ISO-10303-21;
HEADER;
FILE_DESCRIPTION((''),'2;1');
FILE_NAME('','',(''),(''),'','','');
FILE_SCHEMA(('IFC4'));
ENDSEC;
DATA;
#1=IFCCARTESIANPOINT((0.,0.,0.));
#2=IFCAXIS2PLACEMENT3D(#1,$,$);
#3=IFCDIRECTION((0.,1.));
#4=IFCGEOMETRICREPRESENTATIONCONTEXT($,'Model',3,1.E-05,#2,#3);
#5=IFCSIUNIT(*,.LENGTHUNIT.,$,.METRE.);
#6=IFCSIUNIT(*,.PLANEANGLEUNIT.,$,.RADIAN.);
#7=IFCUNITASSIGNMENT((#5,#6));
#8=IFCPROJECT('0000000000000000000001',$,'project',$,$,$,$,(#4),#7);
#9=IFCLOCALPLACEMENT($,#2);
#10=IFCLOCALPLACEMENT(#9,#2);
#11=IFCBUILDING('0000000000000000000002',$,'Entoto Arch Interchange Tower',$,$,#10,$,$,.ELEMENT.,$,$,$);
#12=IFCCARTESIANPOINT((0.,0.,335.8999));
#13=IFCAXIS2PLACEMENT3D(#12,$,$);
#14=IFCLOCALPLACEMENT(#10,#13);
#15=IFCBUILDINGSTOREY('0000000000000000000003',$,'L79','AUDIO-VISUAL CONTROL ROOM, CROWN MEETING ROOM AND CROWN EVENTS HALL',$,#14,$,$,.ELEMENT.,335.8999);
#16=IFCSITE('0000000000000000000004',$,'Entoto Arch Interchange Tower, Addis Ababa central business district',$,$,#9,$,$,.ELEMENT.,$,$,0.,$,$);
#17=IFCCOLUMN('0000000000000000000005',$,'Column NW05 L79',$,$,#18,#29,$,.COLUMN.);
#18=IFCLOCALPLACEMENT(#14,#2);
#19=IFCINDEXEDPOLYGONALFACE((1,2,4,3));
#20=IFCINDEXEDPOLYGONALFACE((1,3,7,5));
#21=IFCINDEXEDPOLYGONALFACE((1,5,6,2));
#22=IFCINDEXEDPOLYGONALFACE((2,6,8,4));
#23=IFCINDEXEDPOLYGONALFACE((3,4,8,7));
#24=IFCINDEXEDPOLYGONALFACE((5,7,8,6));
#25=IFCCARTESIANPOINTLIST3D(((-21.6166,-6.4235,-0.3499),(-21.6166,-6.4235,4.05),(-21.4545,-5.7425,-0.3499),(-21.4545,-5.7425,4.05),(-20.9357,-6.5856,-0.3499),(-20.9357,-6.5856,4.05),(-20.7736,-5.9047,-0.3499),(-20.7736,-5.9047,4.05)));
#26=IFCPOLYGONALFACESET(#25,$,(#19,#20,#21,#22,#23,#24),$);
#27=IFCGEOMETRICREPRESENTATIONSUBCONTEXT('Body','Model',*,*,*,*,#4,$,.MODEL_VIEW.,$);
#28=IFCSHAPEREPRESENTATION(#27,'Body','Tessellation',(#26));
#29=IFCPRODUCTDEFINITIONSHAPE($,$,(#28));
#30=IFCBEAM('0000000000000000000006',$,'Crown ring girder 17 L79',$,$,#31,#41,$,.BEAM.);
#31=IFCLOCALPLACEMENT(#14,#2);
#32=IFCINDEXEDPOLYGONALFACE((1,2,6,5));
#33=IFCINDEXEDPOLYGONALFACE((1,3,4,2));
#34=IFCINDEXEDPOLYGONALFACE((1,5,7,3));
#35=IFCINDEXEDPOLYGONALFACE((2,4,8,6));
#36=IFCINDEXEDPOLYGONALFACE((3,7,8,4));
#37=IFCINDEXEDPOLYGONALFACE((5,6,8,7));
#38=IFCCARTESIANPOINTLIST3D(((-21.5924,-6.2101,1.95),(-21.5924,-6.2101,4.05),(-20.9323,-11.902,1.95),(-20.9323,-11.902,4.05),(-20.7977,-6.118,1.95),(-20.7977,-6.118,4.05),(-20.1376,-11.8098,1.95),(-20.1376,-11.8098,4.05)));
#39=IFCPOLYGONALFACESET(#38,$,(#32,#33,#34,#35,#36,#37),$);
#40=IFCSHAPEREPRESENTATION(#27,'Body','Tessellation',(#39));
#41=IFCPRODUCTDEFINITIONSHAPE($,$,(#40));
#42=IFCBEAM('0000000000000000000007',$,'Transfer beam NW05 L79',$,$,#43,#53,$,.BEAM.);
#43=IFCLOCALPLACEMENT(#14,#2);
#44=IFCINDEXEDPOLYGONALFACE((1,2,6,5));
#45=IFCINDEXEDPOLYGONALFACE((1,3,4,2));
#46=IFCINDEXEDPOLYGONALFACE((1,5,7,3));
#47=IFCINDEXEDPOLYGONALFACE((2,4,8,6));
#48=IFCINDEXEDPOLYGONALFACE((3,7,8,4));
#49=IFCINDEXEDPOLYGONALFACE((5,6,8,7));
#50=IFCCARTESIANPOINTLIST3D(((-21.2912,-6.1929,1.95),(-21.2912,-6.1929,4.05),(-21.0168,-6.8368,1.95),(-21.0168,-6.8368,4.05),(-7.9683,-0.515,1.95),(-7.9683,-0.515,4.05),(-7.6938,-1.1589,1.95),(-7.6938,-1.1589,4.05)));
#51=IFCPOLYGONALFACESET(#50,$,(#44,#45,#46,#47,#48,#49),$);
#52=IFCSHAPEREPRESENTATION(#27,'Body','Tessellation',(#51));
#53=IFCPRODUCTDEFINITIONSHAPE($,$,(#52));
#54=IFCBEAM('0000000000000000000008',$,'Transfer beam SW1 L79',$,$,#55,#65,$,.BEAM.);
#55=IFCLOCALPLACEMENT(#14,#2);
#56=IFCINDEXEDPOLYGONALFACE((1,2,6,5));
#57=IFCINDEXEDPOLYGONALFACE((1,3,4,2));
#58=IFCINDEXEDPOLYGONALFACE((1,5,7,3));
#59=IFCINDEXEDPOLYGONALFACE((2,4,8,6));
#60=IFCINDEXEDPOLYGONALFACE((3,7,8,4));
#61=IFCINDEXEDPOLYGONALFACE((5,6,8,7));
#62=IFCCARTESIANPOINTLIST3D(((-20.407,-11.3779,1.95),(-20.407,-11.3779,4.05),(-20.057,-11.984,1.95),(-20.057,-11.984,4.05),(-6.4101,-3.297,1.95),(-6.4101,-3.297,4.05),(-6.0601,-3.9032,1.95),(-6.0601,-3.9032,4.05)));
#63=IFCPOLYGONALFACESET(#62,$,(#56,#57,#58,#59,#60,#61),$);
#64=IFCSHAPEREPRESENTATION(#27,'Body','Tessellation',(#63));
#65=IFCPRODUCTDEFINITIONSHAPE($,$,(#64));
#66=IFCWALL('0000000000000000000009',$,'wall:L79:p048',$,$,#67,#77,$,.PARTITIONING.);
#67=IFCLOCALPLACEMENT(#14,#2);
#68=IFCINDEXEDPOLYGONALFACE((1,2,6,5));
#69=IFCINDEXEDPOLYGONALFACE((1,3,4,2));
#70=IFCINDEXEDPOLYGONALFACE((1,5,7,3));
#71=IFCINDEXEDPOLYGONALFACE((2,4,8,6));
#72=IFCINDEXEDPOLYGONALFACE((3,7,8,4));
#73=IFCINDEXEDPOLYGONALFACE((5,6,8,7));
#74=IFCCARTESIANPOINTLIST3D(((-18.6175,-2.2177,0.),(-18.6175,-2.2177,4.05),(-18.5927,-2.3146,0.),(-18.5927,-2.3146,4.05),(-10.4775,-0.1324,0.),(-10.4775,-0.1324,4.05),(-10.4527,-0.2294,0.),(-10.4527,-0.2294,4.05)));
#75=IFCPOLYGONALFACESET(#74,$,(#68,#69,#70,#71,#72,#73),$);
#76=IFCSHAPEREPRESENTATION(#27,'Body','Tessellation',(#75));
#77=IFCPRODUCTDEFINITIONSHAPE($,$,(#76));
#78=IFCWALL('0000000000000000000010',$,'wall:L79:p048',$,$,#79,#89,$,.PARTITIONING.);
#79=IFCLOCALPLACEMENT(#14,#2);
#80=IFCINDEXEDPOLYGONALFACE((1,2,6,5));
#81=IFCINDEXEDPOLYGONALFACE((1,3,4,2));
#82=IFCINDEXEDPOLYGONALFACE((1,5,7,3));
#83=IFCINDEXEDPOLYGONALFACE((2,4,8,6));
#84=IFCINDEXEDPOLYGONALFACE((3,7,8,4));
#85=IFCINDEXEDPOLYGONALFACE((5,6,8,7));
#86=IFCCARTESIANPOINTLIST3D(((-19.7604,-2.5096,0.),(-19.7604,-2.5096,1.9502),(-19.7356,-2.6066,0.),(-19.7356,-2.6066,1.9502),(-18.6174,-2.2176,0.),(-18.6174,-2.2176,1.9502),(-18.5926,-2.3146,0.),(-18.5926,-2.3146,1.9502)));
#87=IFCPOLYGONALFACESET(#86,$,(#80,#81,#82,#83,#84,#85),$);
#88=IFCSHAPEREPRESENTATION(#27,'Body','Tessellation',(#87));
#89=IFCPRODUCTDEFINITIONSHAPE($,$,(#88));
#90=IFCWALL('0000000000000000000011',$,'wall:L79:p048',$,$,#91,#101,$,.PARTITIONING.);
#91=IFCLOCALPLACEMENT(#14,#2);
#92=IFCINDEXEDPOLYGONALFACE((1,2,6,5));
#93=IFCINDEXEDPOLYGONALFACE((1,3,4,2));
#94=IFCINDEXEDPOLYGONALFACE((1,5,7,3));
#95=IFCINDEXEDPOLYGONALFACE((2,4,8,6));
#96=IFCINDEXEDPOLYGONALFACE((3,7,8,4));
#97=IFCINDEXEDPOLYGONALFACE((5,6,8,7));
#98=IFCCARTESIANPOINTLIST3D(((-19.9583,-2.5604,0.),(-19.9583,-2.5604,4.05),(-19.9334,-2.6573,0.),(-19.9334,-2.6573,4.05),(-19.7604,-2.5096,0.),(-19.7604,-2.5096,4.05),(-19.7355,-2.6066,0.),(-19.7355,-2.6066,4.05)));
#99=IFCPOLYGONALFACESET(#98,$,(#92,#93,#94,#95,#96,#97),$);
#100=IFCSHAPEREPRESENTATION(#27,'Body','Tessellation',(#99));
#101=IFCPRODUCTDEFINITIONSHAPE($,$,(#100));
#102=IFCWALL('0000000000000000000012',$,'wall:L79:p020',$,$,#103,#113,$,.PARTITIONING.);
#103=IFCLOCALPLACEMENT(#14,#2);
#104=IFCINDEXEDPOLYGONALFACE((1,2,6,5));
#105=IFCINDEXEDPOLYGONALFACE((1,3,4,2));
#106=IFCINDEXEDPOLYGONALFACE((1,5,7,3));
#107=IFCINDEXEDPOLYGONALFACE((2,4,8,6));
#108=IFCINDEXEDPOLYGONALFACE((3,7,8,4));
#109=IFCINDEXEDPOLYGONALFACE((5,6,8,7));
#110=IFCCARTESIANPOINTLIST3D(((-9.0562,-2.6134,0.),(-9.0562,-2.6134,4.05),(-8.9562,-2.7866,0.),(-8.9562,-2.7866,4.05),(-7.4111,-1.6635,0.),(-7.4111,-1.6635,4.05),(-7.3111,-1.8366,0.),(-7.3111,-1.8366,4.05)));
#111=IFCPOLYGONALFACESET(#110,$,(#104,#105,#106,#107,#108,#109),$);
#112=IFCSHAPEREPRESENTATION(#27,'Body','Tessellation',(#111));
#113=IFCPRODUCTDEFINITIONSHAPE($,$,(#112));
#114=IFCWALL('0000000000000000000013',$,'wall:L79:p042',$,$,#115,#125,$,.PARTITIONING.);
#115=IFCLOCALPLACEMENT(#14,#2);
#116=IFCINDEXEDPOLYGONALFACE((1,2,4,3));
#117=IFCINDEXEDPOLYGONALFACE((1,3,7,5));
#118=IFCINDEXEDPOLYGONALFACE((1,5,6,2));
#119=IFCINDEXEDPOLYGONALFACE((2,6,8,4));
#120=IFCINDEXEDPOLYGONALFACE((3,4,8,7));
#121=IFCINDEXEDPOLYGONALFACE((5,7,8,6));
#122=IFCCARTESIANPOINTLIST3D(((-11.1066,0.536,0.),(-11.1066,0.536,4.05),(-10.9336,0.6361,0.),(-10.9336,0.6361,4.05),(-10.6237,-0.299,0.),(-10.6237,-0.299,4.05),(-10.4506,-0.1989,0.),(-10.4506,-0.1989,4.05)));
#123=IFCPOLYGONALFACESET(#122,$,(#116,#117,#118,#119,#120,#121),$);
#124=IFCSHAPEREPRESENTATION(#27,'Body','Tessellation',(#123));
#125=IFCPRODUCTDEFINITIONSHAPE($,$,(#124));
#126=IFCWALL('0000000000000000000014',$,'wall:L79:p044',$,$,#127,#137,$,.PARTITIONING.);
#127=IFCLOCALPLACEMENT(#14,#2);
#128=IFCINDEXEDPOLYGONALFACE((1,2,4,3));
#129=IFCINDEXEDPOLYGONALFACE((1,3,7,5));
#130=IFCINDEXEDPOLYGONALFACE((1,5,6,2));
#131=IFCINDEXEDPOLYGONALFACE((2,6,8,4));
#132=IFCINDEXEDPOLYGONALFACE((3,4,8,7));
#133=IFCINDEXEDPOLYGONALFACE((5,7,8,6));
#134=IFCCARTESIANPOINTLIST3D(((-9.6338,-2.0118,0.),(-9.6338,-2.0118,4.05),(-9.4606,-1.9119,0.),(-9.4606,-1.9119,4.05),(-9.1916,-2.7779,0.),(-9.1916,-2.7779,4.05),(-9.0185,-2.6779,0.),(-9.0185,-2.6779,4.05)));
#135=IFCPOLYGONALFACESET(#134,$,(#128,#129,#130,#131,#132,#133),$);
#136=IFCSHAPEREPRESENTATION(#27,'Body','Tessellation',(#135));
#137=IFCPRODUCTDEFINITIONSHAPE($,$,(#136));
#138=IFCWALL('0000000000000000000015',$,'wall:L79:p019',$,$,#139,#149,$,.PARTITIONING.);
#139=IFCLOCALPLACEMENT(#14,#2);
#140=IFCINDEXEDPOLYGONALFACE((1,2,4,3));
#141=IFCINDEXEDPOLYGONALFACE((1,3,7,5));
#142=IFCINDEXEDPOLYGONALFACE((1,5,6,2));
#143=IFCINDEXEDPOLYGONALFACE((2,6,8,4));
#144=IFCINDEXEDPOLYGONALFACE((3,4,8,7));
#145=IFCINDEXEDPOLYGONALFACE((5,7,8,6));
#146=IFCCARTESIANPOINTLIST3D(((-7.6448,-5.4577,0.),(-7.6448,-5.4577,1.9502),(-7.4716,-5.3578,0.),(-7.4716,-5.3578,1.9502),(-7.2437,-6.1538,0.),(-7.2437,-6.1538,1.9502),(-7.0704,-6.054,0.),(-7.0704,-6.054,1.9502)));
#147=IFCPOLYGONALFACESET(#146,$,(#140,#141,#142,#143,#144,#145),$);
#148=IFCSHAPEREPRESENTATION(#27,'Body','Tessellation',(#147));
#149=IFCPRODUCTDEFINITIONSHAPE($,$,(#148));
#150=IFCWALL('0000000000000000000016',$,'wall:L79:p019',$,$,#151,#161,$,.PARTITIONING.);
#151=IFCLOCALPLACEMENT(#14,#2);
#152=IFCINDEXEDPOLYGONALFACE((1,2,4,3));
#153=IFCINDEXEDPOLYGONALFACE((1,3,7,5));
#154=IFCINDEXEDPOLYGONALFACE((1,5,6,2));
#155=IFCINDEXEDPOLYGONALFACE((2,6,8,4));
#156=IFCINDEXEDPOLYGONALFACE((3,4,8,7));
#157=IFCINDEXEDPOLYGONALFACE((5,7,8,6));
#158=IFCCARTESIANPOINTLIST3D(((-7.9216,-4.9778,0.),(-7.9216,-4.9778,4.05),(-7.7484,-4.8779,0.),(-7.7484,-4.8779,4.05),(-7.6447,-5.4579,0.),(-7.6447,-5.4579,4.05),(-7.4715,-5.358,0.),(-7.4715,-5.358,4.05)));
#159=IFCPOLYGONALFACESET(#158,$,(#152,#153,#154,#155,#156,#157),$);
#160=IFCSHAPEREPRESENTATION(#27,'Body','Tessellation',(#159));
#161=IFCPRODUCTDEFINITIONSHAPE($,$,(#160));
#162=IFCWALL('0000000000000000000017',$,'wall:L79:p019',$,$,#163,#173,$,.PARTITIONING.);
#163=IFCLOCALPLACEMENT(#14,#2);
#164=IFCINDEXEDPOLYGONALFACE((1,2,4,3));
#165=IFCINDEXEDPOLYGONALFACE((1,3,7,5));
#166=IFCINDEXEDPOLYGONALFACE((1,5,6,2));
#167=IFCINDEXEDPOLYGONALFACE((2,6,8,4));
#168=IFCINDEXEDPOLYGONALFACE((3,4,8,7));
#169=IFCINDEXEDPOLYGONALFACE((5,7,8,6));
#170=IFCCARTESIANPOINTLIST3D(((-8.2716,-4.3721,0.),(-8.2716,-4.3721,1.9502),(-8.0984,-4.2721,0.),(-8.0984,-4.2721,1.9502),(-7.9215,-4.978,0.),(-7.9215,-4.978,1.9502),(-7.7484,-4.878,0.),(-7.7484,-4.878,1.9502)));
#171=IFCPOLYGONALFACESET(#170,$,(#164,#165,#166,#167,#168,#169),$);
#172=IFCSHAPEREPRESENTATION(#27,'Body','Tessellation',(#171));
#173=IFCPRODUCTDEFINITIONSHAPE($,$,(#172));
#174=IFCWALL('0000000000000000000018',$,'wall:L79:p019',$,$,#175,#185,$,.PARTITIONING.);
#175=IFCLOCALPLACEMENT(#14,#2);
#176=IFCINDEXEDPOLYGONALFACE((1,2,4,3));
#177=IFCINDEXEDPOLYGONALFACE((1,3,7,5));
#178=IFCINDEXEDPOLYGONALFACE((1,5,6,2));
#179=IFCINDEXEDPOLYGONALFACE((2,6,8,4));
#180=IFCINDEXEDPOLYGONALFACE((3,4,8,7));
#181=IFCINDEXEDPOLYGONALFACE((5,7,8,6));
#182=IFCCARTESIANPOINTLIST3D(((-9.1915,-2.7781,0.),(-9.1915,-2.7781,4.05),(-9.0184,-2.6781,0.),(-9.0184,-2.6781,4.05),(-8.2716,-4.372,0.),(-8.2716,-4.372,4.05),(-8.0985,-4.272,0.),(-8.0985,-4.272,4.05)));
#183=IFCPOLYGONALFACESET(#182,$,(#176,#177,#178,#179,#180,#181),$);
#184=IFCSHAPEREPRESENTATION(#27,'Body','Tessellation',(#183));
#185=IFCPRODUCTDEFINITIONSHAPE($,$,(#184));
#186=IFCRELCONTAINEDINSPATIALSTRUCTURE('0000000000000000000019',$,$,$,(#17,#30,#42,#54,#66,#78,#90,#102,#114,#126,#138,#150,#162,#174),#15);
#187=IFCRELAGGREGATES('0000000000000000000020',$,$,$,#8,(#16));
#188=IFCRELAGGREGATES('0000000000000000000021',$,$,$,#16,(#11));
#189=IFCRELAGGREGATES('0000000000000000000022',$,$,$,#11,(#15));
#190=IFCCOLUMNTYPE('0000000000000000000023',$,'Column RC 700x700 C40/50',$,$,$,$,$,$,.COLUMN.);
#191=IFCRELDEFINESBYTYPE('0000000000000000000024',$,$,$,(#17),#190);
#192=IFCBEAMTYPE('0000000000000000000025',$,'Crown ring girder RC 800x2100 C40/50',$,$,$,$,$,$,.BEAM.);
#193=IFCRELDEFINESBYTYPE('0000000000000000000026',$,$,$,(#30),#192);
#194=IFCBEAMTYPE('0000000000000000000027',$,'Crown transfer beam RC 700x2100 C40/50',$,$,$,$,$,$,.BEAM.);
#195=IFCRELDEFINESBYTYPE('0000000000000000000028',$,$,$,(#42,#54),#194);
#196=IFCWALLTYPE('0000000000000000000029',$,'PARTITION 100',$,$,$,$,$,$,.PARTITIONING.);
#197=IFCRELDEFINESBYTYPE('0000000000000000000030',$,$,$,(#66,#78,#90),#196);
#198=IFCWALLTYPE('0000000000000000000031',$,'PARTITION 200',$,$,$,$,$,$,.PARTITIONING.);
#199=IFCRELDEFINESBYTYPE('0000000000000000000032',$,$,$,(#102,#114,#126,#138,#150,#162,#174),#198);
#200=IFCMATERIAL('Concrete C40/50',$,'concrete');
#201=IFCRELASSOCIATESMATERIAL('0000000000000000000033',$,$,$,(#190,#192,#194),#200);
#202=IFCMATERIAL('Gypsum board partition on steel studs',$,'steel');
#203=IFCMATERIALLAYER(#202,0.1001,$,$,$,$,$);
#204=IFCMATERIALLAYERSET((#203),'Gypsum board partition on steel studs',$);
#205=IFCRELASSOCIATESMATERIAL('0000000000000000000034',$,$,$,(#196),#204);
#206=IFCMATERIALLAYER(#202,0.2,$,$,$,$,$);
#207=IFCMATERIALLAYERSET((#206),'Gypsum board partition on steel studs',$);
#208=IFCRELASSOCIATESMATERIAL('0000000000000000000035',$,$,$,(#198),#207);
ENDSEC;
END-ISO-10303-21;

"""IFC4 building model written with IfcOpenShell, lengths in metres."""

from ifc_helpers import new_model, si_unit, direction, frame, frame_2d, origin, origin_2d, place, context, subcontext, project, spatial, rectangle, extrude, material, layer, layer_set, material_profile, profile_set, type_object, element, save


model = new_model("IFC4")

# Units and contexts
model_context = context("Model", 3, precision=1e-05, world=origin(), true_north=direction((0.0, 1.0)))
body_context = subcontext(model_context, "Body", "Model", "MODEL_VIEW")
ifc_project = project(units=[si_unit("LENGTHUNIT", "METRE"), si_unit("PLANEANGLEUNIT", "RADIAN")], contexts=[model_context])

# Site, building, storey
site_placement = place(None, origin())
site = spatial("IfcSite", under=ifc_project, at=site_placement, Name="Entoto Arch Interchange Tower, Addis Ababa central business district", CompositionType="ELEMENT", RefElevation=0.0)
building_placement = place(site_placement, origin())
building = spatial("IfcBuilding", under=site, at=building_placement, Name="Entoto Arch Interchange Tower", CompositionType="ELEMENT")
storey_placement = place(building_placement, frame((0.0, 0.0, 335.8999)))
storey = spatial("IfcBuildingStorey", under=building, at=storey_placement, Name="L79", Description="AUDIO-VISUAL CONTROL ROOM, CROWN MEETING ROOM AND CROWN EVENTS HALL", CompositionType="ELEMENT", Elevation=335.8999)

# Column
ifc_material_1 = material(Name="Concrete C40/50", Category="concrete")
ifc_material_profile_1 = material_profile(ifc_material_1, rectangle(XDim=0.7, YDim=0.7, at=origin_2d()))
ifc_profile_set_1 = profile_set([ifc_material_profile_1], Name="Concrete C40/50")
column_type = type_object("IfcColumnType", Name="Column RC 700x700 C40/50", PredefinedType="COLUMN", material=ifc_profile_set_1)
column_placement = place(storey_placement, frame((-21.1951, -6.1641, -0.3499), z_axis=(0.0, 0.0, 1.0), x_axis=(0.231612, 0.972808, 0.0)))
element("IfcColumn", 1, at=column_placement, inside=storey, type_object=column_type, Name="Column NW05 L79", PredefinedType="COLUMN", context=body_context, shape_type="SweptSolid", body=[
    extrude(rectangle(XDim=0.7, YDim=0.7, at=origin_2d()), origin(), (0.0, 0.0, 1.0), 4.3999),
])

# Beams
ifc_material_profile_2 = material_profile(ifc_material_1, rectangle(XDim=0.8, YDim=2.1001, at=origin_2d()))
ifc_profile_set_2 = profile_set([ifc_material_profile_2], Name="Concrete C40/50")
beam_type_1 = type_object("IfcBeamType", Name="Crown ring girder RC 800x2100 C40/50", PredefinedType="BEAM", material=ifc_profile_set_2)
beam_1_placement = place(storey_placement, frame((-21.1951, -6.1641, 3.0), z_axis=(0.11521, -0.993341, 0.0), x_axis=(0.993341, 0.11521, 0.0)))
element("IfcBeam", 2, at=beam_1_placement, inside=storey, type_object=beam_type_1, Name="Crown ring girder 17 L79", PredefinedType="BEAM", context=body_context, shape_type="SweptSolid", body=[
    extrude(rectangle(XDim=0.8, YDim=2.1001, at=origin_2d()), origin(), (0.0, 0.0, 1.0), 5.73),
])
ifc_material_profile_3 = material_profile(ifc_material_1, rectangle(XDim=0.7, YDim=2.1001, at=origin_2d()))
ifc_profile_set_3 = profile_set([ifc_material_profile_3], Name="Concrete C40/50")
beam_type_2 = type_object("IfcBeamType", Name="Crown transfer beam RC 700x2100 C40/50", PredefinedType="BEAM", material=ifc_profile_set_3)
beam_2_placement = place(storey_placement, frame((-7.8311, -0.8369, 3.0), z_axis=(-0.91994, -0.392059, 0.0), x_axis=(0.392059, -0.91994, 0.0)))
element("IfcBeam", 3, at=beam_2_placement, inside=storey, type_object=beam_type_2, Name="Transfer beam NW05 L79", PredefinedType="BEAM", context=body_context, shape_type="SweptSolid", body=[
    extrude(rectangle(XDim=0.7, YDim=2.1001, at=origin_2d()), origin(), (0.0, 0.0, 1.0), 14.4824),
])
beam_3_placement = place(storey_placement, frame((-6.2351, -3.6001, 3.0), z_axis=(-0.866032, -0.499988, 0.0), x_axis=(0.499988, -0.866032, 0.0)))
element("IfcBeam", 4, at=beam_3_placement, inside=storey, type_object=beam_type_2, Name="Transfer beam SW1 L79", PredefinedType="BEAM", context=body_context, shape_type="SweptSolid", body=[
    extrude(rectangle(XDim=0.7, YDim=2.1001, at=origin_2d()), origin(), (0.0, 0.0, 1.0), 16.1621),
])

# Walls
ifc_material_2 = material(Name="Gypsum board partition on steel studs", Category="steel")
ifc_layer_1 = layer(ifc_material_2, 0.1001)
ifc_layer_set_1 = layer_set([ifc_layer_1], Name="Gypsum board partition on steel studs")
wall_type_1 = type_object("IfcWallType", Name="PARTITION 100", PredefinedType="PARTITIONING", material=ifc_layer_set_1)
wall_1_placement = place(storey_placement, frame((-10.4651, -0.1809, 0.0), z_axis=(0.0, 0.0, 1.0), x_axis=(-0.96872, -0.248158, 0.0)))
element("IfcWall", 5, at=wall_1_placement, inside=storey, type_object=wall_type_1, Name="wall:L79:p048", PredefinedType="PARTITIONING", context=body_context, shape_type="SweptSolid", body=[
    extrude(rectangle(XDim=8.4028, YDim=0.1001, at=frame_2d((4.2014, 0.0))), origin(), (0.0, 0.0, 1.0), 4.05),
])
wall_2_placement = place(storey_placement, frame((-18.605, -2.2661, 0.0), z_axis=(0.0, 0.0, 1.0), x_axis=(-0.968888, -0.247499, 0.0)))
element("IfcWall", 6, at=wall_2_placement, inside=storey, type_object=wall_type_1, Name="wall:L79:p048", PredefinedType="PARTITIONING", context=body_context, shape_type="SweptSolid", body=[
    extrude(rectangle(XDim=1.1797, YDim=0.1001, at=frame_2d((0.5898, 0.0))), origin(), (0.0, 0.0, 1.0), 1.9502),
])
wall_3_placement = place(storey_placement, frame((-19.748, -2.5581, 0.0), z_axis=(0.0, 0.0, 1.0), x_axis=(-0.968649, -0.248433, 0.0)))
element("IfcWall", 7, at=wall_3_placement, inside=storey, type_object=wall_type_1, Name="wall:L79:p048", PredefinedType="PARTITIONING", context=body_context, shape_type="SweptSolid", body=[
    extrude(rectangle(XDim=0.2043, YDim=0.1001, at=frame_2d((0.1021, 0.0))), origin(), (0.0, 0.0, 1.0), 4.05),
])
ifc_layer_2 = layer(ifc_material_2, 0.2)
ifc_layer_set_2 = layer_set([ifc_layer_2], Name="Gypsum board partition on steel studs")
wall_type_2 = type_object("IfcWallType", Name="PARTITION 200", PredefinedType="PARTITIONING", material=ifc_layer_set_2)
wall_4_placement = place(storey_placement, frame((-9.0061, -2.7, 0.0), z_axis=(0.0, 0.0, 1.0), x_axis=(0.86598, 0.500078, 0.0)))
element("IfcWall", 8, at=wall_4_placement, inside=storey, type_object=wall_type_2, Name="wall:L79:p020", PredefinedType="PARTITIONING", context=body_context, shape_type="SweptSolid", body=[
    extrude(rectangle(XDim=1.8997, YDim=0.2, at=frame_2d((0.9497, 0.0))), origin(), (0.0, 0.0, 1.0), 4.05),
])
wall_5_placement = place(storey_placement, frame((-10.5371, -0.249, 0.0), z_axis=(0.0, 0.0, 1.0), x_axis=(-0.500657, 0.865646, 0.0)))
element("IfcWall", 9, at=wall_5_placement, inside=storey, type_object=wall_type_2, Name="wall:L79:p042", PredefinedType="PARTITIONING", context=body_context, shape_type="SweptSolid", body=[
    extrude(rectangle(XDim=0.9646, YDim=0.2, at=frame_2d((0.4824, 0.0))), origin(), (0.0, 0.0, 1.0), 4.05),
])
wall_6_placement = place(storey_placement, frame((-9.105, -2.728, 0.0), z_axis=(0.0, 0.0, 1.0), x_axis=(-0.49985, 0.866112, 0.0)))
element("IfcWall", 10, at=wall_6_placement, inside=storey, type_object=wall_type_2, Name="wall:L79:p044", PredefinedType="PARTITIONING", context=body_context, shape_type="SweptSolid", body=[
    extrude(rectangle(XDim=0.8845, YDim=0.2, at=frame_2d((0.4424, 0.0))), origin(), (0.0, 0.0, 1.0), 4.05),
])
wall_7_placement = place(storey_placement, frame((-7.157, -6.104, 0.0), z_axis=(0.0, 0.0, 1.0), x_axis=(-0.49931, 0.866423, 0.0)))
element("IfcWall", 11, at=wall_7_placement, inside=storey, type_object=wall_type_2, Name="wall:L79:p019", PredefinedType="PARTITIONING", context=body_context, shape_type="SweptSolid", body=[
    extrude(rectangle(XDim=0.8035, YDim=0.2, at=frame_2d((0.4019, 0.0))), origin(), (0.0, 0.0, 1.0), 1.9502),
])
wall_8_placement = place(storey_placement, frame((-7.5581, -5.408, 0.0), z_axis=(0.0, 0.0, 1.0), x_axis=(-0.499646, 0.86623, 0.0)))
element("IfcWall", 12, at=wall_8_placement, inside=storey, type_object=wall_type_2, Name="wall:L79:p019", PredefinedType="PARTITIONING", context=body_context, shape_type="SweptSolid", body=[
    extrude(rectangle(XDim=0.5542, YDim=0.2, at=frame_2d((0.2771, 0.0))), origin(), (0.0, 0.0, 1.0), 4.05),
])
wall_9_placement = place(storey_placement, frame((-7.835, -4.928, 0.0), z_axis=(0.0, 0.0, 1.0), x_axis=(-0.500266, 0.865872, 0.0)))
element("IfcWall", 13, at=wall_9_placement, inside=storey, type_object=wall_type_2, Name="wall:L79:p019", PredefinedType="PARTITIONING", context=body_context, shape_type="SweptSolid", body=[
    extrude(rectangle(XDim=0.6997, YDim=0.2, at=frame_2d((0.3499, 0.0))), origin(), (0.0, 0.0, 1.0), 1.9502),
])
wall_10_placement = place(storey_placement, frame((-8.1851, -4.322, 0.0), z_axis=(0.0, 0.0, 1.0), x_axis=(-0.499849, 0.866113, 0.0)))
element("IfcWall", 14, at=wall_10_placement, inside=storey, type_object=wall_type_2, Name="wall:L79:p019", PredefinedType="PARTITIONING", context=body_context, shape_type="SweptSolid", body=[
    extrude(rectangle(XDim=1.8403, YDim=0.2, at=frame_2d((0.9202, 0.0))), origin(), (0.0, 0.0, 1.0), 4.05),
])

save(model, "model.ifc")
